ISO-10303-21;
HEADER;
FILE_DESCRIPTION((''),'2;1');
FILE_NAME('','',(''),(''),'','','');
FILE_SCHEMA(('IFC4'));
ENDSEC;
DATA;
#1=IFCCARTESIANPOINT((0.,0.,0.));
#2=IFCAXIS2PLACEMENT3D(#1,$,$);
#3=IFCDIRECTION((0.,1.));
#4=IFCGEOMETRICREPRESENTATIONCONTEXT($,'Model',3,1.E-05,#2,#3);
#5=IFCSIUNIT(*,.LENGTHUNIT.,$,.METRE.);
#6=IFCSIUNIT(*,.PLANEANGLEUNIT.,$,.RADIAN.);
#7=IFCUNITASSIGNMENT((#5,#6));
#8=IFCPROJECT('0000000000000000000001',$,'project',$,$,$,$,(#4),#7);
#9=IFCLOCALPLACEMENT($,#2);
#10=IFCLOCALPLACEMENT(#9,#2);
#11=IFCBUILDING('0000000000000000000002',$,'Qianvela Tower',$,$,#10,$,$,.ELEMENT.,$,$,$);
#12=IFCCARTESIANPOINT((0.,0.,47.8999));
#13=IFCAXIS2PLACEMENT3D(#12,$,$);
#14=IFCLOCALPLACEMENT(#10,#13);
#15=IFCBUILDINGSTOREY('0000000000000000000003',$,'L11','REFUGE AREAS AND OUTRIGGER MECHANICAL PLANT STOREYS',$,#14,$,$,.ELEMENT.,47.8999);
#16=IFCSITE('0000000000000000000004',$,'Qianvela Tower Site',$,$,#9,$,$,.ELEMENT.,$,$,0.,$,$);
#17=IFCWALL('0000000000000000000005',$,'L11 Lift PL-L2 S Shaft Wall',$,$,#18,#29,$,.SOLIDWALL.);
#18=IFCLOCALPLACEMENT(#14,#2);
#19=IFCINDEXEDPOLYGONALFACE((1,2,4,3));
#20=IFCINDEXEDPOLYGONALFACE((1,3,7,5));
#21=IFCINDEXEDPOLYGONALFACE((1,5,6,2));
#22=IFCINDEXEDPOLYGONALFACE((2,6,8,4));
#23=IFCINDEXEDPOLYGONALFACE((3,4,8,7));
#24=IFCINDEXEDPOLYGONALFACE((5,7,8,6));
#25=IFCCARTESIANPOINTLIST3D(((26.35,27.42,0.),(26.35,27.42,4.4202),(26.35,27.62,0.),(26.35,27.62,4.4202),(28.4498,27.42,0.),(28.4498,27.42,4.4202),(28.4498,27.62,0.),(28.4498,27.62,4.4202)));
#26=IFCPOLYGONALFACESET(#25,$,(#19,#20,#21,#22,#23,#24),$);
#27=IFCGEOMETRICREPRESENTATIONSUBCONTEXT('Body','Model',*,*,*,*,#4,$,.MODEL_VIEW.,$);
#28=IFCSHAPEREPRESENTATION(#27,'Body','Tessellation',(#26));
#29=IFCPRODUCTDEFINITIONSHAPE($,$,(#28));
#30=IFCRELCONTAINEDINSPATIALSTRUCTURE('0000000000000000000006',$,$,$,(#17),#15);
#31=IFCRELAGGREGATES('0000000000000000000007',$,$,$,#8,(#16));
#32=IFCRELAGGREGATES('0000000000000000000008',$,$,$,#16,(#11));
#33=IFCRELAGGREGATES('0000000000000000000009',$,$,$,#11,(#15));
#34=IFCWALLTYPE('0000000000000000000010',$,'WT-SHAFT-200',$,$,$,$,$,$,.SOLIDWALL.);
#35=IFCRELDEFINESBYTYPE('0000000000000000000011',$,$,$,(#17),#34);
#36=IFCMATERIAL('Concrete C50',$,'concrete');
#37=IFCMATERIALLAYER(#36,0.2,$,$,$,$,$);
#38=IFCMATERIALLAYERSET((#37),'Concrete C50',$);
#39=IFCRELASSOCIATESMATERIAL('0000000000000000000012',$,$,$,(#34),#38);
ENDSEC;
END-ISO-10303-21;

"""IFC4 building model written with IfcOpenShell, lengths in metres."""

from ifc_helpers import new_model, si_unit, direction, frame, frame_2d, origin, place, context, subcontext, project, spatial, rectangle, extrude, material, layer, layer_set, type_object, element, save


model = new_model("IFC4")

# Units and contexts
model_context = context("Model", 3, precision=1e-05, world=origin(), true_north=direction((0.0, 1.0)))
body_context = subcontext(model_context, "Body", "Model", "MODEL_VIEW")
ifc_project = project(units=[si_unit("LENGTHUNIT", "METRE"), si_unit("PLANEANGLEUNIT", "RADIAN")], contexts=[model_context])

# Site, building, storey
site_placement = place(None, origin())
site = spatial("IfcSite", under=ifc_project, at=site_placement, Name="Qianvela Tower Site", CompositionType="ELEMENT", RefElevation=0.0)
building_placement = place(site_placement, origin())
building = spatial("IfcBuilding", under=site, at=building_placement, Name="Qianvela Tower", CompositionType="ELEMENT")
storey_placement = place(building_placement, frame((0.0, 0.0, 47.8999)))
storey = spatial("IfcBuildingStorey", under=building, at=storey_placement, Name="L11", Description="REFUGE AREAS AND OUTRIGGER MECHANICAL PLANT STOREYS", CompositionType="ELEMENT", Elevation=47.8999)

# Shared definitions
ifc_material_1 = material(Name="Concrete C50", Category="concrete")
ifc_layer_1 = layer(ifc_material_1, 0.2)
ifc_layer_set_1 = layer_set([ifc_layer_1], Name="Concrete C50")
wall_type_1 = type_object("IfcWallType", Name="WT-SHAFT-200", PredefinedType="SOLIDWALL", material=ifc_layer_set_1)

# Wall
wall_1_placement = place(storey_placement, frame((26.3501, 27.52, 0.0), z_axis=(0.0, 0.0, 1.0), x_axis=(1.0, 0.0, 0.0)))
element("IfcWall", 1, at=wall_1_placement, inside=storey, type_object=wall_type_1, Name="L11 Lift PL-L2 S Shaft Wall", PredefinedType="SOLIDWALL", context=body_context, shape_type="SweptSolid", body=[
    extrude(rectangle(XDim=2.0999, YDim=0.2, at=frame_2d((1.0498, 0.0))), origin(), (0.0, 0.0, 1.0), 4.4202),
])

save(model, "model.ifc")
